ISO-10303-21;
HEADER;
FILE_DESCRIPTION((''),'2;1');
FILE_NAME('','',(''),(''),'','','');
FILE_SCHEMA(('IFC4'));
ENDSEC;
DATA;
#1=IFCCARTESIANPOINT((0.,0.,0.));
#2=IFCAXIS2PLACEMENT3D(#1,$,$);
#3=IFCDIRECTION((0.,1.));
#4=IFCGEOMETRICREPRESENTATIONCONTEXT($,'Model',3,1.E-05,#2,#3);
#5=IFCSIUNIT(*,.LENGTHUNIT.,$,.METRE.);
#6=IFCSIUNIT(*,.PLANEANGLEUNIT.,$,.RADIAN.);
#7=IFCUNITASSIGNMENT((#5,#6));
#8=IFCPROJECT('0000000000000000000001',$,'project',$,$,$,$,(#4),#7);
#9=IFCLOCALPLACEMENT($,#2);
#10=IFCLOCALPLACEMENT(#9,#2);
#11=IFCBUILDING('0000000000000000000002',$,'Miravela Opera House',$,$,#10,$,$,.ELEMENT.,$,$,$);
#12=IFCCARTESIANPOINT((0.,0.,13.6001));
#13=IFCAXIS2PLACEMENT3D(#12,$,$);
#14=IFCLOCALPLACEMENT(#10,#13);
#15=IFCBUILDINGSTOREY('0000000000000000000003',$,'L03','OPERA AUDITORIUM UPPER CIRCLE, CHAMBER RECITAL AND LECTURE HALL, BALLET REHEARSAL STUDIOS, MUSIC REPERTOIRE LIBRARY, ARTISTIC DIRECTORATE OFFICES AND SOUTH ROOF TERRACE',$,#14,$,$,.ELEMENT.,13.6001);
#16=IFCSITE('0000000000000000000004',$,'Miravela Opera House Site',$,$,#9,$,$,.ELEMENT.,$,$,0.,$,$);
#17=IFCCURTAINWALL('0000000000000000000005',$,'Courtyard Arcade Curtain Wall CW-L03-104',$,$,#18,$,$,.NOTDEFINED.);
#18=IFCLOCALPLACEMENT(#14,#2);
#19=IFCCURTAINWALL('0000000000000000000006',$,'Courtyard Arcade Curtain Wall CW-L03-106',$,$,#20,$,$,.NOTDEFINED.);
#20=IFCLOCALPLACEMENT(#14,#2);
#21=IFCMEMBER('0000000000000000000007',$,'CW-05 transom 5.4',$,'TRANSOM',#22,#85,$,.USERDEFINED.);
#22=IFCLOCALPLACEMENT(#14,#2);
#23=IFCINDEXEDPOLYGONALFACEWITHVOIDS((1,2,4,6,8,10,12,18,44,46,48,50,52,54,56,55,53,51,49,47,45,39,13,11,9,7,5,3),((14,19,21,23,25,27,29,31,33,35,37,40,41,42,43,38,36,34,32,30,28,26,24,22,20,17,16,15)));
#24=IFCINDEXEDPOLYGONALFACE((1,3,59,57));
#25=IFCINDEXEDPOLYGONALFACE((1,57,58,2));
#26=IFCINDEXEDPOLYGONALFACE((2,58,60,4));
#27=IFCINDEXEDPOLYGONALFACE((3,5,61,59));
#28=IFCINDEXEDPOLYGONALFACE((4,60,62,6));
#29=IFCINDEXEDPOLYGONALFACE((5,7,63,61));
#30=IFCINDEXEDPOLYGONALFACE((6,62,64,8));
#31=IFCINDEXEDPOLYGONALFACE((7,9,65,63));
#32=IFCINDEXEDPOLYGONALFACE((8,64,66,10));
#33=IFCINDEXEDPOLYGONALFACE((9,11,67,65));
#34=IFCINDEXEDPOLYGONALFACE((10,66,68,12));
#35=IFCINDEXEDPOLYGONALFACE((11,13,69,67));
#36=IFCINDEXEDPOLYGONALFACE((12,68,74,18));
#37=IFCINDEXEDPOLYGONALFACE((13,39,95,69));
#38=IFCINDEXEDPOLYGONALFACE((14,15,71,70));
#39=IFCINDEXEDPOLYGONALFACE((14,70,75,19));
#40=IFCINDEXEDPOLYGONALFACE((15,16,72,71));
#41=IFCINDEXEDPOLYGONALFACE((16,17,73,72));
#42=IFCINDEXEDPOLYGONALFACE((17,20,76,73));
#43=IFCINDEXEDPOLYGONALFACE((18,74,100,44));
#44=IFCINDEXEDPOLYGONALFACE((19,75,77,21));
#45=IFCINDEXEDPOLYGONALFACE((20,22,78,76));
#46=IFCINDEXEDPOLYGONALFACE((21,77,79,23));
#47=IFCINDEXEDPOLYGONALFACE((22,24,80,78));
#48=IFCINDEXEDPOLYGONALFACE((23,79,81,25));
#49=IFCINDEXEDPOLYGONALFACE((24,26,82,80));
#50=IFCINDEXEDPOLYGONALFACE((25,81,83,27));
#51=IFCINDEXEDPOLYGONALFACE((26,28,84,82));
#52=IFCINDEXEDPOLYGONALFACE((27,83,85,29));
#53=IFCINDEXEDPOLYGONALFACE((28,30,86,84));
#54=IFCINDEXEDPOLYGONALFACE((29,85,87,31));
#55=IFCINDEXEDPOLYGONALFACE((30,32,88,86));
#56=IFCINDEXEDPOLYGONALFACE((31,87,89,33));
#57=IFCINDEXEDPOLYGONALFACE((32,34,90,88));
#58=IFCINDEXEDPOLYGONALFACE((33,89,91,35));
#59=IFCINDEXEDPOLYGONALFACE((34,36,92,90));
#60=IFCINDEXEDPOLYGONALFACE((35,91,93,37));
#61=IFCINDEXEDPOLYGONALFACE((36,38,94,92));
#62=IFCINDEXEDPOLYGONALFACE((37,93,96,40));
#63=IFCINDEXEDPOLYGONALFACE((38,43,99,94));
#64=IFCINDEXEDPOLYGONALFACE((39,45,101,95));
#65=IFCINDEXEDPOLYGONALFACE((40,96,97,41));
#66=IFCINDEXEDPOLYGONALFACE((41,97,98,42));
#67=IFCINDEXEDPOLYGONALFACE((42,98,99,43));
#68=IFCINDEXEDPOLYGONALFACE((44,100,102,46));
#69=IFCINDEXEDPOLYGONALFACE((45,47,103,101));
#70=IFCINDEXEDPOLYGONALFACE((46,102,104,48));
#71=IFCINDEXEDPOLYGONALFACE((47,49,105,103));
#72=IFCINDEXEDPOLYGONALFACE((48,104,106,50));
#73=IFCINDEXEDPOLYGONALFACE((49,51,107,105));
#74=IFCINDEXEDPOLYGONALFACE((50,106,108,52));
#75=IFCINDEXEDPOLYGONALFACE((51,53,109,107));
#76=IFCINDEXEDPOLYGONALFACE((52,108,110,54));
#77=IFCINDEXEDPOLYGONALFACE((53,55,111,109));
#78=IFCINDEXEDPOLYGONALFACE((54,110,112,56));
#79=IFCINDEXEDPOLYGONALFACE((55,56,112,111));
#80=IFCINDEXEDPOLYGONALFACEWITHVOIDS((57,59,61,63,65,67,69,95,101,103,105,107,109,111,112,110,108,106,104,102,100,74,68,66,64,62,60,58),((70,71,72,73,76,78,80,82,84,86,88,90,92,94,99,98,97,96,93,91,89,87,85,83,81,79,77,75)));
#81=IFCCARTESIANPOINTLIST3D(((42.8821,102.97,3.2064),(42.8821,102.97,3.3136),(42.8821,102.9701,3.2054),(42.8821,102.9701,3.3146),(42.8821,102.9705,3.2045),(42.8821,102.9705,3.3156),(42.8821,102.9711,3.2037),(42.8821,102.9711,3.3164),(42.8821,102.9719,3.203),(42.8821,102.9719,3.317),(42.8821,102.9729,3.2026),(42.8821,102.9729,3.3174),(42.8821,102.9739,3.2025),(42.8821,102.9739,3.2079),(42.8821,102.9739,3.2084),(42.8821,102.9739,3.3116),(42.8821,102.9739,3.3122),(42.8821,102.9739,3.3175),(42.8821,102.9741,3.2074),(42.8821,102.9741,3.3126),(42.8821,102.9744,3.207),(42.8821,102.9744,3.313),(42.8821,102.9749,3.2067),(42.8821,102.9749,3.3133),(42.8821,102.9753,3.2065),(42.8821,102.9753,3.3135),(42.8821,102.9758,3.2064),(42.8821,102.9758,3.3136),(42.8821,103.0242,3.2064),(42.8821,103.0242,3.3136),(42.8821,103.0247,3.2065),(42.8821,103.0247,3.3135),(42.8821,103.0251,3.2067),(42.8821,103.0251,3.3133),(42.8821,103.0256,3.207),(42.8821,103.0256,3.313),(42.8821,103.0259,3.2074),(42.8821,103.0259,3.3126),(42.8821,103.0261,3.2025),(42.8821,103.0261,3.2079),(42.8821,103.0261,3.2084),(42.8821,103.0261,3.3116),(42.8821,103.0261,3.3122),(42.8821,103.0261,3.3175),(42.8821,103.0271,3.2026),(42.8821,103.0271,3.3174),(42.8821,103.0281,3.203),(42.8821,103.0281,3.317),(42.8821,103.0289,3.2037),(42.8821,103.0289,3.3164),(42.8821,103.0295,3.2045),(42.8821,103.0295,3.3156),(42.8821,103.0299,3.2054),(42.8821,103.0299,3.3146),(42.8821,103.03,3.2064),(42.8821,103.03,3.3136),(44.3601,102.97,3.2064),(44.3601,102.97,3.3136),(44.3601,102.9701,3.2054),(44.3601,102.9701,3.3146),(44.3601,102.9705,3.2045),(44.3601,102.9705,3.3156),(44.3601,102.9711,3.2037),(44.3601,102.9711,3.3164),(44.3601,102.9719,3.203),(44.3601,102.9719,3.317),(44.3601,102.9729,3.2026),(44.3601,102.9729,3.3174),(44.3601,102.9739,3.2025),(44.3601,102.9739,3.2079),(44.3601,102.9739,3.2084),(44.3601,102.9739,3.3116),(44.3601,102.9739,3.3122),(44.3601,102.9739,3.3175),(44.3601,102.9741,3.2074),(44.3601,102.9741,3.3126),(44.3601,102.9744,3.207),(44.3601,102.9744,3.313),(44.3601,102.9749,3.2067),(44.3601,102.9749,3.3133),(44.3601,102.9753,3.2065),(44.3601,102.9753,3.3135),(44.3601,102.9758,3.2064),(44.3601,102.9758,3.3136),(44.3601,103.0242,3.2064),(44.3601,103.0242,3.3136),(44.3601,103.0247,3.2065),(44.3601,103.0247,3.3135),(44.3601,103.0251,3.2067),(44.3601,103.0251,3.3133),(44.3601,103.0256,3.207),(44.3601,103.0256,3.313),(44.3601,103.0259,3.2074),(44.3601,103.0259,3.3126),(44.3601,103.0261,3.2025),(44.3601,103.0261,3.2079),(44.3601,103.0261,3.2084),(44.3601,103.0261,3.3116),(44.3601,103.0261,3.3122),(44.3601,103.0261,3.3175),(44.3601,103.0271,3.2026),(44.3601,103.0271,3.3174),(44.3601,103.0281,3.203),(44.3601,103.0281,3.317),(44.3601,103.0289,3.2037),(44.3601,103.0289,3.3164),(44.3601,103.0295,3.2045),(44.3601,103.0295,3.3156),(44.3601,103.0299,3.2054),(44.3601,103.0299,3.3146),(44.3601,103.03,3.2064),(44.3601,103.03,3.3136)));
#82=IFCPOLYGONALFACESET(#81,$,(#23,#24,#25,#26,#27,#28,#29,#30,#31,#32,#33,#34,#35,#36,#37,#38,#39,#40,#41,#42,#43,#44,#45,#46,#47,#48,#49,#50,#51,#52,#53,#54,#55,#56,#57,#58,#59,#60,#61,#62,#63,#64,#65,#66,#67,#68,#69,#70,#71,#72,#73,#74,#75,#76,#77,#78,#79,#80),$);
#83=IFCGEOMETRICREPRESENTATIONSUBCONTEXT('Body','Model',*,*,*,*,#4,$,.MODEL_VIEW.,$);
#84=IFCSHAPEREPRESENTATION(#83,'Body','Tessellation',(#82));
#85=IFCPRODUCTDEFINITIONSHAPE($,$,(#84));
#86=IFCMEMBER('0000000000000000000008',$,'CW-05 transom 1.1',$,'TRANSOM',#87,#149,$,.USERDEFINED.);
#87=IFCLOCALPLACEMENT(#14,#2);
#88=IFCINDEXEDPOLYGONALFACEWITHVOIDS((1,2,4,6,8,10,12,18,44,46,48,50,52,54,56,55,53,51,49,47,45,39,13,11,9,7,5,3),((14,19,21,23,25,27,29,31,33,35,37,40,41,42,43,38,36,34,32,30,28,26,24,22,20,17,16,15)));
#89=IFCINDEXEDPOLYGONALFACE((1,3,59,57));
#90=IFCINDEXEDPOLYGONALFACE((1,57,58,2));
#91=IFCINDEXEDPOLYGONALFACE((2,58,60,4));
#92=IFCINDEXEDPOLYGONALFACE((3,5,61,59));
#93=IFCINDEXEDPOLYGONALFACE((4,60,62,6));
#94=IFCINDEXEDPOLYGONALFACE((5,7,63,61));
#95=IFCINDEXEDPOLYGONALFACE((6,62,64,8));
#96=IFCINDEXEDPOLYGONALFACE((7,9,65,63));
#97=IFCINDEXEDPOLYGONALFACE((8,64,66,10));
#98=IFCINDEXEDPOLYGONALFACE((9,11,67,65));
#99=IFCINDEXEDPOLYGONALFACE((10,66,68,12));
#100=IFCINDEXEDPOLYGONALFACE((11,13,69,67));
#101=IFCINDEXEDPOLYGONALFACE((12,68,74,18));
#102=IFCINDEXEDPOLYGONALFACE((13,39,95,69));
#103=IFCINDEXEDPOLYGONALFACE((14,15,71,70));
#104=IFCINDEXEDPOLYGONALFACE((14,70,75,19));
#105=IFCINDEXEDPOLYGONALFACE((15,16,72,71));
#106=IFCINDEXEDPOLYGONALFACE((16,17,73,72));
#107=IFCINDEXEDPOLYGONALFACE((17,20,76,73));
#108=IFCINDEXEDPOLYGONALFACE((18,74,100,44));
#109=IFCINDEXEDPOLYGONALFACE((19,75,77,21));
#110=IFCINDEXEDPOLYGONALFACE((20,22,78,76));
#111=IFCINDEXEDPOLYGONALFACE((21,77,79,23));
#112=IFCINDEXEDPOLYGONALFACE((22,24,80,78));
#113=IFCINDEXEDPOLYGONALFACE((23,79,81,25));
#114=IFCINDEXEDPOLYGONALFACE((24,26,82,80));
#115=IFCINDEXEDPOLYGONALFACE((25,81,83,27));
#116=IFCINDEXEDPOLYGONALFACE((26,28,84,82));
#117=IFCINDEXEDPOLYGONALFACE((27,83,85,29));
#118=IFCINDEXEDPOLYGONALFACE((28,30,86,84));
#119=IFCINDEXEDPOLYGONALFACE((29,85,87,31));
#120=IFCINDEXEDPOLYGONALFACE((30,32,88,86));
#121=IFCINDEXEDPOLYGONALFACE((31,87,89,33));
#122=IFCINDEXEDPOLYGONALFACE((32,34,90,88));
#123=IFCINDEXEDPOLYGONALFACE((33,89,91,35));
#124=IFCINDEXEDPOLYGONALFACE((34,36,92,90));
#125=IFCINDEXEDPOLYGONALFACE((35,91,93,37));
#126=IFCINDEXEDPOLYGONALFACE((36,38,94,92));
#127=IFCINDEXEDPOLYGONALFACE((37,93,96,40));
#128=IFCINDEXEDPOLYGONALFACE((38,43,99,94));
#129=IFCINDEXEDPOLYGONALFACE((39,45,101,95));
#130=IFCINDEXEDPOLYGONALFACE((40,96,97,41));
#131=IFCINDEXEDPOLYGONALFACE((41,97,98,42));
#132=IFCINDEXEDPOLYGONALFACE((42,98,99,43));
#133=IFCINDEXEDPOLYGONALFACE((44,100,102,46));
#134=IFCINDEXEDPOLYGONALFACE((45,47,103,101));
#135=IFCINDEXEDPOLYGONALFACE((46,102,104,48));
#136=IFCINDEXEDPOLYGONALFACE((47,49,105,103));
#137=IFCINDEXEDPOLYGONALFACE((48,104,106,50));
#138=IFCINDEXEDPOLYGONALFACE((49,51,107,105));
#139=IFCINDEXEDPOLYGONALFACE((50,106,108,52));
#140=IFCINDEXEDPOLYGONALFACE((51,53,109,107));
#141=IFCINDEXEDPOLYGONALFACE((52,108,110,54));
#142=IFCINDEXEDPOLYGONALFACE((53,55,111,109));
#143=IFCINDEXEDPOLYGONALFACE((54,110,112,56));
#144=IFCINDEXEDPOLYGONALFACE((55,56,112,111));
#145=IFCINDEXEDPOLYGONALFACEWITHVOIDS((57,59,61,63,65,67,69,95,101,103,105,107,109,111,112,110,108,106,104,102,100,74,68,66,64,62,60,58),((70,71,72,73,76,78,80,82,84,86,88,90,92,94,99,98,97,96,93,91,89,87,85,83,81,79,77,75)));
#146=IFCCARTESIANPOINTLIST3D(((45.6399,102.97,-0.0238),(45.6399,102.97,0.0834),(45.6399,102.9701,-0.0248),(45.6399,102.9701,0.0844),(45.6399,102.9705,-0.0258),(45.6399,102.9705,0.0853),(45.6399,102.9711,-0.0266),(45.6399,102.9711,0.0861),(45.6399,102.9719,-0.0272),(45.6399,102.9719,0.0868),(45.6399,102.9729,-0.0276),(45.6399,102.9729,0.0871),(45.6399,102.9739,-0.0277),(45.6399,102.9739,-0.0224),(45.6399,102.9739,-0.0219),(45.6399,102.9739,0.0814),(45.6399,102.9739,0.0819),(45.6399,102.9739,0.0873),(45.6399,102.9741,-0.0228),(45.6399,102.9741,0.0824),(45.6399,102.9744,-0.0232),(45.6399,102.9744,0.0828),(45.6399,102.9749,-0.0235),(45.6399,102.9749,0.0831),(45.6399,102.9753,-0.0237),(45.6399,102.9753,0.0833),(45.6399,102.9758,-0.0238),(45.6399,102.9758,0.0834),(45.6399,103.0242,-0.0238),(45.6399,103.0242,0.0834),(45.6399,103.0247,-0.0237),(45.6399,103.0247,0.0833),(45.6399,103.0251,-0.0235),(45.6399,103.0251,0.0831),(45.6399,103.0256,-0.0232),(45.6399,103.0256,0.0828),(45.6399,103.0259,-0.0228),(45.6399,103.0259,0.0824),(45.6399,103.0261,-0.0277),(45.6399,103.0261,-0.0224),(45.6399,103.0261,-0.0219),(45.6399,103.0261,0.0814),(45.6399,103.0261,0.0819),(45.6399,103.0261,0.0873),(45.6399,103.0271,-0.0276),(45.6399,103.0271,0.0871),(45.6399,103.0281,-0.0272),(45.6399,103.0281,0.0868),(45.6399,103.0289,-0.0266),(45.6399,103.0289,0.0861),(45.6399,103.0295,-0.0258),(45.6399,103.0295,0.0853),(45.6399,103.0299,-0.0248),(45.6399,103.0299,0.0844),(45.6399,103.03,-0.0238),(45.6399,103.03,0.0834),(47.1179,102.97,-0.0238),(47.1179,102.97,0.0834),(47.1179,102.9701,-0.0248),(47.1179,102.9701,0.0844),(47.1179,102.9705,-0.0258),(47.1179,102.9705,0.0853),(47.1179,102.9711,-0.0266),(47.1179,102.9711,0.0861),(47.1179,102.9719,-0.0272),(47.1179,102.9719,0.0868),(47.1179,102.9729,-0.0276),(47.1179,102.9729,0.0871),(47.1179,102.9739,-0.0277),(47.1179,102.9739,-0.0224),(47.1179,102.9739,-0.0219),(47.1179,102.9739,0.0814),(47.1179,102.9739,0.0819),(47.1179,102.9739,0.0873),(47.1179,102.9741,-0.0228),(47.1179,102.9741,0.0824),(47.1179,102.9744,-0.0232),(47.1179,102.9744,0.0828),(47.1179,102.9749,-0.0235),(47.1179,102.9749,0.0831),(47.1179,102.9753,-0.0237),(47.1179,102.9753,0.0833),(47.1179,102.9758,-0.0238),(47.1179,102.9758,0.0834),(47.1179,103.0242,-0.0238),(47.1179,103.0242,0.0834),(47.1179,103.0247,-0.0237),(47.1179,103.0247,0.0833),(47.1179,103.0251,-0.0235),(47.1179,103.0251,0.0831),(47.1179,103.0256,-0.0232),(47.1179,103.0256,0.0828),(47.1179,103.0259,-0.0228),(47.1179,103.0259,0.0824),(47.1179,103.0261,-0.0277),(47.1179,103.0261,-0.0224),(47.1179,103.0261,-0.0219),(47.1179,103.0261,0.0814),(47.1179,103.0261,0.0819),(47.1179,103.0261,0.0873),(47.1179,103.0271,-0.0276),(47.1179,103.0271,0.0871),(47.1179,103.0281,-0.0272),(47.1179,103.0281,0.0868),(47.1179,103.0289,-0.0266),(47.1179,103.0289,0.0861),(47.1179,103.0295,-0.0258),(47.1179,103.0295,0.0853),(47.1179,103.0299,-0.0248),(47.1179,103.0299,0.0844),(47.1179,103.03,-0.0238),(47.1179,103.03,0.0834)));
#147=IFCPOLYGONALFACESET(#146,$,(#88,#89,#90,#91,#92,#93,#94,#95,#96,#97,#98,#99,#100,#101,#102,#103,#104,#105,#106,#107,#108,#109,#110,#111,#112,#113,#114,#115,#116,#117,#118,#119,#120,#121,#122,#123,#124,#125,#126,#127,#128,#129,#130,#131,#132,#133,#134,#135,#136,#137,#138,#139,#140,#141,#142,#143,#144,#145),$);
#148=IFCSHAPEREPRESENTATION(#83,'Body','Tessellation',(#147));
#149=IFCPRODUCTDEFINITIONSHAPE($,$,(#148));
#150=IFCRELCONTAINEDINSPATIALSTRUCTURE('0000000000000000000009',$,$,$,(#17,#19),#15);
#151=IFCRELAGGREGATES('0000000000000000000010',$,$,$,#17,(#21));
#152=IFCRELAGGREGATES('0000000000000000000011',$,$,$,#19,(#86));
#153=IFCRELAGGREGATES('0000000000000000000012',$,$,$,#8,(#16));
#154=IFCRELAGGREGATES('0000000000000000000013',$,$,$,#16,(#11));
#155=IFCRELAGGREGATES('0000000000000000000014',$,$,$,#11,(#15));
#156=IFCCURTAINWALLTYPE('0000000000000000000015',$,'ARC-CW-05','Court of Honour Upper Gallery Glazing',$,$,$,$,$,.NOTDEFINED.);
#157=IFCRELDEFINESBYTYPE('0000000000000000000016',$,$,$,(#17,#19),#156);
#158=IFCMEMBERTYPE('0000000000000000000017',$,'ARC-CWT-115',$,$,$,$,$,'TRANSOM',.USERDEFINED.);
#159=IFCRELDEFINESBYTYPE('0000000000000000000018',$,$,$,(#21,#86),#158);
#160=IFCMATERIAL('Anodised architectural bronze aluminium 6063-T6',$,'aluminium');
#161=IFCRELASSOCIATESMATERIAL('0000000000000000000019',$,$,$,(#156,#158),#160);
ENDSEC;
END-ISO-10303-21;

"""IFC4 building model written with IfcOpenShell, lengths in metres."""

from ifc_helpers import new_model, si_unit, direction, frame, origin, origin_2d, place, context, subcontext, project, spatial, hollow_rectangle, extrude, material, material_profile, profile_set, type_object, element, aggregate, save


model = new_model("IFC4")

# Units and contexts
model_context = context("Model", 3, precision=1e-05, world=origin(), true_north=direction((0.0, 1.0)))
body_context = subcontext(model_context, "Body", "Model", "MODEL_VIEW")
ifc_project = project(units=[si_unit("LENGTHUNIT", "METRE"), si_unit("PLANEANGLEUNIT", "RADIAN")], contexts=[model_context])

# Site, building, storey
site_placement = place(None, origin())
site = spatial("IfcSite", under=ifc_project, at=site_placement, Name="Miravela Opera House Site", CompositionType="ELEMENT", RefElevation=0.0)
building_placement = place(site_placement, origin())
building = spatial("IfcBuilding", under=site, at=building_placement, Name="Miravela Opera House", CompositionType="ELEMENT")
storey_placement = place(building_placement, frame((0.0, 0.0, 13.6001)))
storey = spatial("IfcBuildingStorey", under=building, at=storey_placement, Name="L03", Description="OPERA AUDITORIUM UPPER CIRCLE, CHAMBER RECITAL AND LECTURE HALL, BALLET REHEARSAL STUDIOS, MUSIC REPERTOIRE LIBRARY, ARTISTIC DIRECTORATE OFFICES AND SOUTH ROOF TERRACE", CompositionType="ELEMENT", Elevation=13.6001)

# Curtain wall
ifc_material_1 = material(Name="Anodised architectural bronze aluminium 6063-T6", Category="aluminium")
curtain_wall_type = type_object("IfcCurtainWallType", Name="ARC-CW-05", Description="Court of Honour Upper Gallery Glazing", PredefinedType="NOTDEFINED", material=ifc_material_1)
curtain_wall_1_placement = place(storey_placement, origin())
curtain_wall_1 = element("IfcCurtainWall", 1, at=curtain_wall_1_placement, inside=storey, type_object=curtain_wall_type, Name="Courtyard Arcade Curtain Wall CW-L03-104", PredefinedType="NOTDEFINED")

# Curtain wall
curtain_wall_2_placement = place(storey_placement, origin())
curtain_wall_2 = element("IfcCurtainWall", 2, at=curtain_wall_2_placement, inside=storey, type_object=curtain_wall_type, Name="Courtyard Arcade Curtain Wall CW-L03-106", PredefinedType="NOTDEFINED")

# Members
ifc_material_profile_1 = material_profile(ifc_material_1, hollow_rectangle(XDim=0.0601, YDim=0.115, WallThickness=0.0039, InnerFilletRadius=0.002, OuterFilletRadius=0.0039, at=origin_2d()), Name="CWT-60X115")
ifc_profile_set_1 = profile_set([ifc_material_profile_1])
member_type_1 = type_object("IfcMemberType", Name="ARC-CWT-115", ElementType="TRANSOM", PredefinedType="USERDEFINED", material=ifc_profile_set_1)
member_1_placement = place(storey_placement, frame((42.8821, 103.0, 3.26), z_axis=(1.0, 0.0, 0.0), x_axis=(0.0, 1.0, 0.0)))
member_1 = element("IfcMember", 3, at=member_1_placement, type_object=member_type_1, Name="CW-05 transom 5.4", ObjectType="TRANSOM", PredefinedType="USERDEFINED", context=body_context, shape_type="SweptSolid", body=[
    extrude(hollow_rectangle(XDim=0.0601, YDim=0.115, WallThickness=0.0039, InnerFilletRadius=0.002, OuterFilletRadius=0.0039, at=origin_2d()), origin(), (0.0, 0.0, 1.0), 1.478),
])
member_2_placement = place(storey_placement, frame((45.6399, 103.0, 0.0298), z_axis=(1.0, 0.0, 0.0), x_axis=(0.0, 1.0, 0.0)))
member_2 = element("IfcMember", 4, at=member_2_placement, type_object=member_type_1, Name="CW-05 transom 1.1", ObjectType="TRANSOM", PredefinedType="USERDEFINED", context=body_context, shape_type="SweptSolid", body=[
    extrude(hollow_rectangle(XDim=0.0601, YDim=0.115, WallThickness=0.0039, InnerFilletRadius=0.002, OuterFilletRadius=0.0039, at=origin_2d()), origin(), (0.0, 0.0, 1.0), 1.478),
])

aggregate(curtain_wall_1, [member_1])
aggregate(curtain_wall_2, [member_2])

save(model, "model.ifc")
